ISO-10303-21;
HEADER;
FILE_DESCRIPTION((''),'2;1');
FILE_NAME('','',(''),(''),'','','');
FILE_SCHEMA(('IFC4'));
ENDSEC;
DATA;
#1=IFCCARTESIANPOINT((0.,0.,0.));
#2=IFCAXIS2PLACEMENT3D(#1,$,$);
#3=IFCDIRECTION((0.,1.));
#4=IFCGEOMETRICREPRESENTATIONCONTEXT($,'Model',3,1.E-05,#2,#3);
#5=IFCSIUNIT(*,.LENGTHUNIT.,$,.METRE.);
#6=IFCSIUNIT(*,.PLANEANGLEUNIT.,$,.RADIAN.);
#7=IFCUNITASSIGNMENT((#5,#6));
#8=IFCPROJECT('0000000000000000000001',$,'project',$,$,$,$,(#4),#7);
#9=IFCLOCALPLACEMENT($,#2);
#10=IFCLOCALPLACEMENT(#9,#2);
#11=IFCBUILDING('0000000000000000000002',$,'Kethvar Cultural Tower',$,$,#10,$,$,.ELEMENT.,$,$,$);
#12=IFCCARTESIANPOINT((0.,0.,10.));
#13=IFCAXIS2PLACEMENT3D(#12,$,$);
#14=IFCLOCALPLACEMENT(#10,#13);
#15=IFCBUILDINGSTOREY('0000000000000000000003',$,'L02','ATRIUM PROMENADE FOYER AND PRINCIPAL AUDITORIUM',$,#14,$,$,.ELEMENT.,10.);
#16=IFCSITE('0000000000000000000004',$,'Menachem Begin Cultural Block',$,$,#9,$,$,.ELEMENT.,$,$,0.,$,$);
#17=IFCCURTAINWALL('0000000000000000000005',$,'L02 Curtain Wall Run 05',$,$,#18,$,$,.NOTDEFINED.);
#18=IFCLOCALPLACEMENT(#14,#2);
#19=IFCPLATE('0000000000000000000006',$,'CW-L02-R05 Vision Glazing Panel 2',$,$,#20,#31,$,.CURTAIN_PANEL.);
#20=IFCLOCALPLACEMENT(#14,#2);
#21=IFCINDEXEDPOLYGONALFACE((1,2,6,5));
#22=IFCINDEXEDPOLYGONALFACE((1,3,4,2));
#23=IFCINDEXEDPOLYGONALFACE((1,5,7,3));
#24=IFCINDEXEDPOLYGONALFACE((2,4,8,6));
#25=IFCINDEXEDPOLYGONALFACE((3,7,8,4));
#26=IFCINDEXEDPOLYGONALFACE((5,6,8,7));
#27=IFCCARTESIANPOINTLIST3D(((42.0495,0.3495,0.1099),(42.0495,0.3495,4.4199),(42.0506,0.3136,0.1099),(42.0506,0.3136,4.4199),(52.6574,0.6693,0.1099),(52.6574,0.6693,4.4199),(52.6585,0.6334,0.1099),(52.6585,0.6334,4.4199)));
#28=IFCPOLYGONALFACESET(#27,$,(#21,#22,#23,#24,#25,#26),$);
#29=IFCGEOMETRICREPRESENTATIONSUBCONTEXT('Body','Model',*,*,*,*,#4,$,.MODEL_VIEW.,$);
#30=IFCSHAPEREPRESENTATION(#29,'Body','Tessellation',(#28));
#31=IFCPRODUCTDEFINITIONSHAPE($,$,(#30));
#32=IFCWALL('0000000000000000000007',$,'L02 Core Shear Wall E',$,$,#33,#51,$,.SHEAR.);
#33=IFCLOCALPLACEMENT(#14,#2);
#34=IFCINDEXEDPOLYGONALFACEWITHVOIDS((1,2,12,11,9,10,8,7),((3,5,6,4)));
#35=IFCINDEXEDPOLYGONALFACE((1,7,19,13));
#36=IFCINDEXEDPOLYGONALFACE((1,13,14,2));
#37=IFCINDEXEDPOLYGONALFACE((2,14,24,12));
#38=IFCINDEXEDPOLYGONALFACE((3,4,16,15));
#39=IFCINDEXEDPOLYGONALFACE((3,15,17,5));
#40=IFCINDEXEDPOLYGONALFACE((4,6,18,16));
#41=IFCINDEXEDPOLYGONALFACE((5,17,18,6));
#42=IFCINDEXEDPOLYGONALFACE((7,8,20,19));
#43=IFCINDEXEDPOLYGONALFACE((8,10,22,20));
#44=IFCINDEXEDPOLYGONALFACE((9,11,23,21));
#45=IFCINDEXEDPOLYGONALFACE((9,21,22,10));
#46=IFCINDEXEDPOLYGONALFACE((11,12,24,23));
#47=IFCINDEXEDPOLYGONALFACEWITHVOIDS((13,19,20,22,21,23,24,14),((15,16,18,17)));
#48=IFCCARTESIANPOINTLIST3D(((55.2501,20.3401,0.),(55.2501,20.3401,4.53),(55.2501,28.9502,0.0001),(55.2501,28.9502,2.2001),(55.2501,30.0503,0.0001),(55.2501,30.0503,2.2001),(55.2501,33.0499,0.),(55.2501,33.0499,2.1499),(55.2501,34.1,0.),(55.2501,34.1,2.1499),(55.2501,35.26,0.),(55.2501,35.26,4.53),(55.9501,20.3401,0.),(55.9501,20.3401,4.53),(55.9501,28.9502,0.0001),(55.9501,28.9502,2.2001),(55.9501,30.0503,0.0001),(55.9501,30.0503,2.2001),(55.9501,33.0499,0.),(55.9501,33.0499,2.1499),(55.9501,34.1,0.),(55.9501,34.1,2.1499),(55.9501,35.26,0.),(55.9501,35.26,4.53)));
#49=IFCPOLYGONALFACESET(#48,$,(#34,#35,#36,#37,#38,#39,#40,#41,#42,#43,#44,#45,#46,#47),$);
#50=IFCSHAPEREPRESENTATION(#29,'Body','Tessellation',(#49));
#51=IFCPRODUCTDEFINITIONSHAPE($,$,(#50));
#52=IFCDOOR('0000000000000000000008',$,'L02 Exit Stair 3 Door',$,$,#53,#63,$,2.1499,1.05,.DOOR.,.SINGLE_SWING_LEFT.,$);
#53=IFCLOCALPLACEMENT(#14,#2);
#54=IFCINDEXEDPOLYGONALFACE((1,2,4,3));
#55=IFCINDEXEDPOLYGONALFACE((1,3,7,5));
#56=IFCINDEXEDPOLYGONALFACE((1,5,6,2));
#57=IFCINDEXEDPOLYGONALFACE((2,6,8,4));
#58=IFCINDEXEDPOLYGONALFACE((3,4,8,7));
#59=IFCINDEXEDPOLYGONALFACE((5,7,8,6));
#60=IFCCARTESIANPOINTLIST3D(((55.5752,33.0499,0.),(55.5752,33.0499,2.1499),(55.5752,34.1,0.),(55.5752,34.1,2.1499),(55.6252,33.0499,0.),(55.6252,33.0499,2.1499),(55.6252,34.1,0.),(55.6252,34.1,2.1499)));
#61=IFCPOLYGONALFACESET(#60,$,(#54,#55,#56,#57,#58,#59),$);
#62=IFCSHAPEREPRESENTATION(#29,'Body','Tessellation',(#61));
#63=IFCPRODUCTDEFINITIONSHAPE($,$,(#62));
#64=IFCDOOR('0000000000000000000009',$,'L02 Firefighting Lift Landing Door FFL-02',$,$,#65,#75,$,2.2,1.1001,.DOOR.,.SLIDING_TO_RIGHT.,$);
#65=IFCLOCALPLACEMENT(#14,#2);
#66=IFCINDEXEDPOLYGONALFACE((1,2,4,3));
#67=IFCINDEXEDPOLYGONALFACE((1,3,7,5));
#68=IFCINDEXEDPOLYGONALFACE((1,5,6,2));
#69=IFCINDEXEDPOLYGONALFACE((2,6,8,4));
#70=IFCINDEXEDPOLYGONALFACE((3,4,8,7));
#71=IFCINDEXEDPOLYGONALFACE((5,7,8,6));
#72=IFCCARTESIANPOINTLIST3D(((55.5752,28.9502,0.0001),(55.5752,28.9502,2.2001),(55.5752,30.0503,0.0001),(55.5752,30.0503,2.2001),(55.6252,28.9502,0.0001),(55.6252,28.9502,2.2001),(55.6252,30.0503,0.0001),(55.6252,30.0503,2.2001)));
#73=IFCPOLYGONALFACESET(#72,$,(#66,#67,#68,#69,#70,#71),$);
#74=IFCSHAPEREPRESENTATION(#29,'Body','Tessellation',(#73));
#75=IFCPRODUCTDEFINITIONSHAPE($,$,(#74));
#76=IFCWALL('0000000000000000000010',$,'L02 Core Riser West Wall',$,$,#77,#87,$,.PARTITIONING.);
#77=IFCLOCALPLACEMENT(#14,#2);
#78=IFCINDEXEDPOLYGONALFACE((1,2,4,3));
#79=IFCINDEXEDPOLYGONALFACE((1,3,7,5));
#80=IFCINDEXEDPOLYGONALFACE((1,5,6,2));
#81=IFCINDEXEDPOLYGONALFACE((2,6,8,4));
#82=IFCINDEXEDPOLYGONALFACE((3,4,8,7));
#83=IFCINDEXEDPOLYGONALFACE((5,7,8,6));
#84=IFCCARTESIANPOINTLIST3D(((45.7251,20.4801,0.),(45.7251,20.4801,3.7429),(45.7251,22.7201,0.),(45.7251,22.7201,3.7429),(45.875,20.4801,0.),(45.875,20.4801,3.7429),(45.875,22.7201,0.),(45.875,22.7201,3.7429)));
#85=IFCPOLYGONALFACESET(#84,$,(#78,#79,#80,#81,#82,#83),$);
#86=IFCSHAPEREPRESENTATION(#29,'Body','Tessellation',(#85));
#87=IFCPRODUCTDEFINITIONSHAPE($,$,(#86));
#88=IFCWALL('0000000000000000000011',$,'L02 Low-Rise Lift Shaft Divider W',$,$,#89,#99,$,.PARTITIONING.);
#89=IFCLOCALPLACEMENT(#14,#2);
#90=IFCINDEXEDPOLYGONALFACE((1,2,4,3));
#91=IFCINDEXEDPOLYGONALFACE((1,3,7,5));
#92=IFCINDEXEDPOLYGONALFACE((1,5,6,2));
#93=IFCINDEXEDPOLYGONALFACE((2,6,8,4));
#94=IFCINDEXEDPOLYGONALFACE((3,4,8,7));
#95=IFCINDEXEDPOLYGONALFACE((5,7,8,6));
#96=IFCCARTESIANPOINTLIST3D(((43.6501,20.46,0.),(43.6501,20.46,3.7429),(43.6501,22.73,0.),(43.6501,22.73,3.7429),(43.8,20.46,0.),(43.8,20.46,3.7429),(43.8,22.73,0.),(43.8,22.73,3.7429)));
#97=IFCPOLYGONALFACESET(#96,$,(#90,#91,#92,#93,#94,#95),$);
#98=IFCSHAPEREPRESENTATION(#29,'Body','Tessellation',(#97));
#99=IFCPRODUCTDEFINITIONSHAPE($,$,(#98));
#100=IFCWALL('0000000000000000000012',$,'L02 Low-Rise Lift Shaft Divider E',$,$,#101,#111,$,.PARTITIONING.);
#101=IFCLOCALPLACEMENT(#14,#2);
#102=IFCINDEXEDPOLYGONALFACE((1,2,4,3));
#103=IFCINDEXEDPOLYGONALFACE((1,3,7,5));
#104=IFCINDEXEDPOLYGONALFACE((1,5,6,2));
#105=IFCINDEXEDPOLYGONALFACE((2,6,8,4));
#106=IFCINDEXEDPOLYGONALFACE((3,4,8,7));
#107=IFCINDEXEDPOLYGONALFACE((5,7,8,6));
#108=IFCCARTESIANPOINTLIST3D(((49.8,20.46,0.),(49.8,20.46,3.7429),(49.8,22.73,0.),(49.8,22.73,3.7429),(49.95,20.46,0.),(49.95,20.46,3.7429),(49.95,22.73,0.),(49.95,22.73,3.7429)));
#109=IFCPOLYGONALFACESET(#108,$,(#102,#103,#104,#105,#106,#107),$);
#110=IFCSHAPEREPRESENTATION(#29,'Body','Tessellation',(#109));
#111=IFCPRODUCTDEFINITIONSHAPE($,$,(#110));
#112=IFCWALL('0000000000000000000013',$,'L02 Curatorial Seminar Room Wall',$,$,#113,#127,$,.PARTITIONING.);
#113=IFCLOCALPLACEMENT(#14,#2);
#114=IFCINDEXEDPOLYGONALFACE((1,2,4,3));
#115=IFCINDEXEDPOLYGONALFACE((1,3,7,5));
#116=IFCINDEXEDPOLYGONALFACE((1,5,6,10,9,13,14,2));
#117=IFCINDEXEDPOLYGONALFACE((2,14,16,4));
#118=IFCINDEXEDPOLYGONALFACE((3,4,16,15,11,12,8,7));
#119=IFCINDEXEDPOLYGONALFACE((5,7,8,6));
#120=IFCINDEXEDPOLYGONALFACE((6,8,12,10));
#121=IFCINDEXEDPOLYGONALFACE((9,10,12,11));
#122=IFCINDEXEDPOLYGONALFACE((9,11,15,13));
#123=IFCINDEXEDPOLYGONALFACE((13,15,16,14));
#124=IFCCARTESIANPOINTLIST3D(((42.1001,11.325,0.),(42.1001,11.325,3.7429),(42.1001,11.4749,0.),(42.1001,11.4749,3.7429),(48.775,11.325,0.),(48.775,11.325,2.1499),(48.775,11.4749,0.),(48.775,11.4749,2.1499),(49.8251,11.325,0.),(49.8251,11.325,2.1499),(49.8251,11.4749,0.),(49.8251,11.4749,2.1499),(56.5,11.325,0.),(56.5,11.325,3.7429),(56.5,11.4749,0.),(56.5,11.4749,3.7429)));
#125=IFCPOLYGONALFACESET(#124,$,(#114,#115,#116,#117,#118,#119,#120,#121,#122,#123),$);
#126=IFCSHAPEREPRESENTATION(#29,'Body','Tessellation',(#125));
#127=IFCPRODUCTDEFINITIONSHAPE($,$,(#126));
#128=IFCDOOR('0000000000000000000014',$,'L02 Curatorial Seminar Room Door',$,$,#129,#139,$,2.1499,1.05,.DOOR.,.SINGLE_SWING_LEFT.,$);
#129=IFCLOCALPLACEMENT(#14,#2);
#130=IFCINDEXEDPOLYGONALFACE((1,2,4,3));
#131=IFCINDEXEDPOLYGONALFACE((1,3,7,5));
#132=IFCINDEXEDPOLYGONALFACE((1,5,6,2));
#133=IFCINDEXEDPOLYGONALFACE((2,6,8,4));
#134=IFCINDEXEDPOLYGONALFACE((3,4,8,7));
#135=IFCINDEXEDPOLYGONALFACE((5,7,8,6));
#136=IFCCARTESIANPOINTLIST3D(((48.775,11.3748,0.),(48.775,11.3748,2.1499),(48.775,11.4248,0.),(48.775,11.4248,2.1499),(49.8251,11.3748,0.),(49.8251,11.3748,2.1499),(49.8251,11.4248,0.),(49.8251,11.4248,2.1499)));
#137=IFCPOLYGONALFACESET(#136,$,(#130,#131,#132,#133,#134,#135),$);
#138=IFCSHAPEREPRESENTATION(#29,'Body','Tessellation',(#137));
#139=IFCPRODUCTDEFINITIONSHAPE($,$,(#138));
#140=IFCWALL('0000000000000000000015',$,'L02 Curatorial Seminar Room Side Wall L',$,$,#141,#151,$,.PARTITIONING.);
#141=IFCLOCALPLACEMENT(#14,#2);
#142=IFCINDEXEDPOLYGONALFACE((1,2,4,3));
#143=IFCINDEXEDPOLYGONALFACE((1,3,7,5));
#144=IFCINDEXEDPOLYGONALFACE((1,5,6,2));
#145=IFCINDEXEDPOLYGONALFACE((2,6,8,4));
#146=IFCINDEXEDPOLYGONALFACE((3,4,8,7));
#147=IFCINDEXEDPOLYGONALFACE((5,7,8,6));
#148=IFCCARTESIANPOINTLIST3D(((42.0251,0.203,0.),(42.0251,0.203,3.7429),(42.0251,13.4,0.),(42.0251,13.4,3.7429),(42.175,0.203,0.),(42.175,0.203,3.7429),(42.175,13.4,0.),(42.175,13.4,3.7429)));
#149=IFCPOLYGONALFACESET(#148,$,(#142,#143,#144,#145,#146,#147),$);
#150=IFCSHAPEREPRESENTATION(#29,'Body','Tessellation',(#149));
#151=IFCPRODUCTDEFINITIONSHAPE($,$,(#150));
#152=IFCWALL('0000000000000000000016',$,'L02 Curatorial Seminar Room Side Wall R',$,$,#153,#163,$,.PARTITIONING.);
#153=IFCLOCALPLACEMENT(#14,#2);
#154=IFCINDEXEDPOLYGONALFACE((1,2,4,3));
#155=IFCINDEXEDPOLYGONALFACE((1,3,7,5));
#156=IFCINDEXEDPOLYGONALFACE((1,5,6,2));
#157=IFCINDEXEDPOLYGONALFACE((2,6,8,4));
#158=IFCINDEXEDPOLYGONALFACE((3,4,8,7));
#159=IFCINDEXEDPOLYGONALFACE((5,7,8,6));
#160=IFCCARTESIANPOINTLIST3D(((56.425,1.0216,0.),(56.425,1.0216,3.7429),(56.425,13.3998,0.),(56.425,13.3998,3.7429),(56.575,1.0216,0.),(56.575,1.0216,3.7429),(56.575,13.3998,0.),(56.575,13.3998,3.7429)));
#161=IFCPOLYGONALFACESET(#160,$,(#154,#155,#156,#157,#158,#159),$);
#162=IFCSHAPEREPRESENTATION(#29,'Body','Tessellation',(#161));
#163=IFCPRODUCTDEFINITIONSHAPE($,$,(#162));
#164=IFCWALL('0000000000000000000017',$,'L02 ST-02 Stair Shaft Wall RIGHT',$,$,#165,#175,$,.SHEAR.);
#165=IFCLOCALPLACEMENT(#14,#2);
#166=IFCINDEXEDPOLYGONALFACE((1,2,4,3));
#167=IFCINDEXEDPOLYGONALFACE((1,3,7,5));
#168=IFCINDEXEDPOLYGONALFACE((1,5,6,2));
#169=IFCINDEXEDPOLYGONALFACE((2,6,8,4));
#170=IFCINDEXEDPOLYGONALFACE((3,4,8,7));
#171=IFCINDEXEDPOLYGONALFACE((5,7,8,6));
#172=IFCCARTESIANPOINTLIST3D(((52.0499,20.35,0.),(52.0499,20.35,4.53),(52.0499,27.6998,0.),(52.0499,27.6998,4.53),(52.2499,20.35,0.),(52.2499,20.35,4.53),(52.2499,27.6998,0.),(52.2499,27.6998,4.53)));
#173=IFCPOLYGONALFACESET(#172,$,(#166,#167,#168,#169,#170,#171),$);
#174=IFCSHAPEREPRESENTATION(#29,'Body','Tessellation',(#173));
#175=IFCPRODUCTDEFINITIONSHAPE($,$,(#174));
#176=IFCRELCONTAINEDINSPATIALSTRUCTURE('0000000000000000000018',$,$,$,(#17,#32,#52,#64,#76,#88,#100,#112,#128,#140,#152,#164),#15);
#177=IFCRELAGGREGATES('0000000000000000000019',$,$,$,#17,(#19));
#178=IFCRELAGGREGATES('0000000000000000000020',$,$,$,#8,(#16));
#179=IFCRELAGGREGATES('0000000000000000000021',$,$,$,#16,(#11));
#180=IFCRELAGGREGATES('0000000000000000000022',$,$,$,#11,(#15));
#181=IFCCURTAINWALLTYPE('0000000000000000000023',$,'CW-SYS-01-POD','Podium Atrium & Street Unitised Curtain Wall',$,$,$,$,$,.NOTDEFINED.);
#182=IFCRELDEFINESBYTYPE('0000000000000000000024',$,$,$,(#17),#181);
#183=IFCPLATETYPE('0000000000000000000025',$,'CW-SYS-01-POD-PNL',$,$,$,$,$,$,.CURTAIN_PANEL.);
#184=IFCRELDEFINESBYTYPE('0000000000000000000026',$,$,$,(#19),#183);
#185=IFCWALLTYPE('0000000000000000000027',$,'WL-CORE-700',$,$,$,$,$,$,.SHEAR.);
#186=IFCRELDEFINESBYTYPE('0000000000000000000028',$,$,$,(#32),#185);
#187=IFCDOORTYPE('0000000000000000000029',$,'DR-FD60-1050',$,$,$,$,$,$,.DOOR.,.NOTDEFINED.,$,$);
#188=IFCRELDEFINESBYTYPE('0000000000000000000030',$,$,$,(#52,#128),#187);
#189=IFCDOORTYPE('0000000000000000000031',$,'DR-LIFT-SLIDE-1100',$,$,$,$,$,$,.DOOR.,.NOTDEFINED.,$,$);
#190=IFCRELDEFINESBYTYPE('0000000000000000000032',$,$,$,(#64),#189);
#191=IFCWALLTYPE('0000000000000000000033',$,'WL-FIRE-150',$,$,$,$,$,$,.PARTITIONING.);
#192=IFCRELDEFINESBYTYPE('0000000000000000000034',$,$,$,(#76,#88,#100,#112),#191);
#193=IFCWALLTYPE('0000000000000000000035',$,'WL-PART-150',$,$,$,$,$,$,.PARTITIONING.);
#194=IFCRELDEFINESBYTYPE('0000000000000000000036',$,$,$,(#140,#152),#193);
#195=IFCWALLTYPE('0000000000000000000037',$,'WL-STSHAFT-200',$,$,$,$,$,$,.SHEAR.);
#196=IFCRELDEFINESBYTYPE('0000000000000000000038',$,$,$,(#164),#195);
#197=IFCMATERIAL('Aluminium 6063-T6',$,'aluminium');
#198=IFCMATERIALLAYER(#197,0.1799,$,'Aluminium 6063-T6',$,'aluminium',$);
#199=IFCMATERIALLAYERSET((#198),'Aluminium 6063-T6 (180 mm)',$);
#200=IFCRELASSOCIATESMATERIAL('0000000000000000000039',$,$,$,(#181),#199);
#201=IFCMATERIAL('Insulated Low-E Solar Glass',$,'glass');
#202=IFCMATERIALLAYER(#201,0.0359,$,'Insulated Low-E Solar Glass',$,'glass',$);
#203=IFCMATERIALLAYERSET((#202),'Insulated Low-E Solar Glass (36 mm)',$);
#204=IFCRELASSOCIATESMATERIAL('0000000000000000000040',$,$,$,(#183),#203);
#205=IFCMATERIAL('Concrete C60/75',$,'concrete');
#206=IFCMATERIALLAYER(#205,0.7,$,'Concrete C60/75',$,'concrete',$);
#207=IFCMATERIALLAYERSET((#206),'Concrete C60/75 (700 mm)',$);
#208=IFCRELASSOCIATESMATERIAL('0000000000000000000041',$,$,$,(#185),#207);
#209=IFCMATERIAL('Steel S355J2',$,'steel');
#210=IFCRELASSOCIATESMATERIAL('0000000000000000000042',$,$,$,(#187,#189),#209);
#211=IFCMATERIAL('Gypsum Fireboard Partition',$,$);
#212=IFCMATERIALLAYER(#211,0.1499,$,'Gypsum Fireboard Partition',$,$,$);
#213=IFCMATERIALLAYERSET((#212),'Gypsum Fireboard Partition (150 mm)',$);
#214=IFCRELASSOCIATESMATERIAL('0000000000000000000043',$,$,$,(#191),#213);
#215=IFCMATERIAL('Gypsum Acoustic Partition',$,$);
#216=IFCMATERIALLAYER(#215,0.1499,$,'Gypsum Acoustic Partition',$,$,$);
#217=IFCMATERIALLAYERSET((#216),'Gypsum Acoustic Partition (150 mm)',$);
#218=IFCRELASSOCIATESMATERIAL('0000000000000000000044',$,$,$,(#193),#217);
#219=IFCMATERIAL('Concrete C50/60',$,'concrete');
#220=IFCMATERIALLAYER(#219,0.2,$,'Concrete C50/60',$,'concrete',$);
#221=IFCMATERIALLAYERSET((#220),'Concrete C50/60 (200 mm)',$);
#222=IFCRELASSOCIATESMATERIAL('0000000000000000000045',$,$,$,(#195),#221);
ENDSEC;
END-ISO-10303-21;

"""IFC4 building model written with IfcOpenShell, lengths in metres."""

from ifc_helpers import new_model, si_unit, direction, frame, frame_2d, origin, origin_2d, place, context, subcontext, project, spatial, rectangle, extrude, source, transform, mapped, material, layer, layer_set, type_object, element, fill, aggregate, save


model = new_model("IFC4")

# Units and contexts
model_context = context("Model", 3, precision=1e-05, world=origin(), true_north=direction((0.0, 1.0)))
body_context = subcontext(model_context, "Body", "Model", "MODEL_VIEW")
ifc_project = project(units=[si_unit("LENGTHUNIT", "METRE"), si_unit("PLANEANGLEUNIT", "RADIAN")], contexts=[model_context])

# Site, building, storey
site_placement = place(None, origin())
site = spatial("IfcSite", under=ifc_project, at=site_placement, Name="Menachem Begin Cultural Block", CompositionType="ELEMENT", RefElevation=0.0)
building_placement = place(site_placement, origin())
building = spatial("IfcBuilding", under=site, at=building_placement, Name="Kethvar Cultural Tower", CompositionType="ELEMENT")
storey_placement = place(building_placement, frame((0.0, 0.0, 10.0)))
storey = spatial("IfcBuildingStorey", under=building, at=storey_placement, Name="L02", Description="ATRIUM PROMENADE FOYER AND PRINCIPAL AUDITORIUM", CompositionType="ELEMENT", Elevation=10.0)

# Shared definitions
ifc_material_1 = material(Name="Steel S355J2", Category="steel")

# Curtain wall, plate
ifc_material_2 = material(Name="Aluminium 6063-T6", Category="aluminium")
ifc_layer_1 = layer(ifc_material_2, 0.1799, Name="Aluminium 6063-T6", Category="aluminium")
ifc_layer_set_1 = layer_set([ifc_layer_1], Name="Aluminium 6063-T6 (180 mm)")
curtain_wall_type = type_object("IfcCurtainWallType", Name="CW-SYS-01-POD", Description="Podium Atrium & Street Unitised Curtain Wall", PredefinedType="NOTDEFINED", material=ifc_layer_set_1)
curtain_wall_placement = place(storey_placement, origin())
curtain_wall = element("IfcCurtainWall", 1, at=curtain_wall_placement, inside=storey, type_object=curtain_wall_type, Name="L02 Curtain Wall Run 05", PredefinedType="NOTDEFINED")
ifc_material_3 = material(Name="Insulated Low-E Solar Glass", Category="glass")
ifc_layer_2 = layer(ifc_material_3, 0.0359, Name="Insulated Low-E Solar Glass", Category="glass")
ifc_layer_set_2 = layer_set([ifc_layer_2], Name="Insulated Low-E Solar Glass (36 mm)")
plate_type = type_object("IfcPlateType", Name="CW-SYS-01-POD-PNL", PredefinedType="CURTAIN_PANEL", material=ifc_layer_set_2)
shared_shape_1 = source(origin(), body_context, "Body", "SweptSolid", [
    extrude(rectangle(XDim=10.6128, YDim=0.0359, at=origin_2d()), origin(), (0.0, 0.0, 1.0), 4.3101),
])
plate_1_placement = place(storey_placement, frame((47.354, 0.4915, 0.1099), z_axis=(0.0, 0.0, 1.0), x_axis=(0.999546, 0.030137, 0.0)))
plate_1 = element("IfcPlate", 2, at=plate_1_placement, type_object=plate_type, Name="CW-L02-R05 Vision Glazing Panel 2", PredefinedType="CURTAIN_PANEL", context=body_context, shape_type="MappedRepresentation", body=[
    mapped(shared_shape_1, transform((0.0, 0.0, 0.0), scale=1.0)),
])
aggregate(curtain_wall, [plate_1])

# Wall, openings, doors
ifc_material_4 = material(Name="Concrete C60/75", Category="concrete")
ifc_layer_3 = layer(ifc_material_4, 0.7, Name="Concrete C60/75", Category="concrete")
ifc_layer_set_3 = layer_set([ifc_layer_3], Name="Concrete C60/75 (700 mm)")
wall_type_1 = type_object("IfcWallType", Name="WL-CORE-700", PredefinedType="SHEAR", material=ifc_layer_set_3)
wall_1_placement = place(storey_placement, frame((55.6001, 20.3401, 0.0), z_axis=(0.0, 0.0, 1.0), x_axis=(0.0, 1.0, 0.0)))
wall_1 = element("IfcWall", 3, at=wall_1_placement, inside=storey, type_object=wall_type_1, Name="L02 Core Shear Wall E", PredefinedType="SHEAR", context=body_context, shape_type="SweptSolid", body=[
    extrude(rectangle(XDim=14.9199, YDim=0.7, at=frame_2d((7.46, 0.0))), origin(), (0.0, 0.0, 1.0), 4.53),
])
opening_1_placement = place(wall_1_placement, frame((12.71, 0.0, 0.0)))
opening_1 = element("IfcOpeningElement", 4, at=opening_1_placement, cuts=wall_1, PredefinedType="OPENING", context=body_context, shape_type="SweptSolid", body=[
    extrude(rectangle(XDim=1.05, YDim=2.1499, at=frame_2d((0.5249, 1.075))), frame((0.0, 0.3599, 0.0), z_axis=(0.0, -1.0, 0.0), x_axis=(1.0, 0.0, 0.0)), (0.0, 0.0, 1.0), 0.72),
])
opening_2_placement = place(wall_1_placement, frame((8.6101, 0.0, 0.0)))
opening_2 = element("IfcOpeningElement", 5, at=opening_2_placement, cuts=wall_1, PredefinedType="OPENING", context=body_context, shape_type="SweptSolid", body=[
    extrude(rectangle(XDim=1.1001, YDim=2.2, at=frame_2d((0.55, 1.1001))), frame((0.0, 0.3599, 0.0), z_axis=(0.0, -1.0, 0.0), x_axis=(1.0, 0.0, 0.0)), (0.0, 0.0, 1.0), 0.72),
])
door_type_1 = type_object("IfcDoorType", Name="DR-FD60-1050", OperationType="NOTDEFINED", PredefinedType="DOOR", material=ifc_material_1)
shared_shape_2 = source(origin(), body_context, "Body", "SweptSolid", [
    extrude(rectangle(XDim=1.05, YDim=2.1499, at=frame_2d((0.5249, 1.075))), frame((0.0, 0.0249, 0.0), z_axis=(0.0, -1.0, 0.0), x_axis=(1.0, 0.0, 0.0)), (0.0, 0.0, 1.0), 0.05),
])
door_1_placement = place(opening_1_placement, origin())
door_1 = element("IfcDoor", 6, at=door_1_placement, inside=storey, type_object=door_type_1, Name="L02 Exit Stair 3 Door", OperationType="SINGLE_SWING_LEFT", OverallHeight=2.1499, OverallWidth=1.05, PredefinedType="DOOR", context=body_context, shape_type="MappedRepresentation", body=[
    mapped(shared_shape_2, transform((0.0, 0.0, 0.0), scale=1.0)),
])
fill(opening_1, door_1)
door_type_2 = type_object("IfcDoorType", Name="DR-LIFT-SLIDE-1100", OperationType="NOTDEFINED", PredefinedType="DOOR", material=ifc_material_1)
shared_shape_3 = source(origin(), body_context, "Body", "SweptSolid", [
    extrude(rectangle(XDim=1.1001, YDim=2.2, at=frame_2d((0.55, 1.1001))), frame((0.0, 0.0249, 0.0), z_axis=(0.0, -1.0, 0.0), x_axis=(1.0, 0.0, 0.0)), (0.0, 0.0, 1.0), 0.05),
])
door_2_placement = place(opening_2_placement, origin())
door_2 = element("IfcDoor", 7, at=door_2_placement, inside=storey, type_object=door_type_2, Name="L02 Firefighting Lift Landing Door FFL-02", OperationType="SLIDING_TO_RIGHT", OverallHeight=2.2, OverallWidth=1.1001, PredefinedType="DOOR", context=body_context, shape_type="MappedRepresentation", body=[
    mapped(shared_shape_3, transform((0.0, 0.0, 0.0), scale=1.0)),
])
fill(opening_2, door_2)

# Walls
ifc_material_5 = material(Name="Gypsum Fireboard Partition")
ifc_layer_4 = layer(ifc_material_5, 0.1499, Name="Gypsum Fireboard Partition")
ifc_layer_set_4 = layer_set([ifc_layer_4], Name="Gypsum Fireboard Partition (150 mm)")
wall_type_2 = type_object("IfcWallType", Name="WL-FIRE-150", PredefinedType="PARTITIONING", material=ifc_layer_set_4)
wall_2_placement = place(storey_placement, frame((45.8, 20.48, 0.0), z_axis=(0.0, 0.0, 1.0), x_axis=(0.0, 1.0, 0.0)))
element("IfcWall", 8, at=wall_2_placement, inside=storey, type_object=wall_type_2, Name="L02 Core Riser West Wall", PredefinedType="PARTITIONING", context=body_context, shape_type="SweptSolid", body=[
    extrude(rectangle(XDim=2.24, YDim=0.1499, at=frame_2d((1.1201, 0.0))), origin(), (0.0, 0.0, 1.0), 3.7429),
])
for number, where, z_axis, x_axis, name in (
    (9, (43.7251, 20.46, 0.0), (0.0, 0.0, 1.0), (0.0, 1.0, 0.0), "L02 Low-Rise Lift Shaft Divider W"),
    (10, (49.875, 20.46, 0.0), (0.0, 0.0, 1.0), (0.0, 1.0, 0.0), "L02 Low-Rise Lift Shaft Divider E"),
):
    element("IfcWall", number, at=place(storey_placement, frame(where, z_axis=z_axis, x_axis=x_axis)), inside=storey, type_object=wall_type_2, Name=name, PredefinedType="PARTITIONING", context=body_context, shape_type="SweptSolid", body=[
        extrude(rectangle(XDim=2.27, YDim=0.1499, at=frame_2d((1.135, 0.0))), origin(), (0.0, 0.0, 1.0), 3.7429),
    ])

# Wall, opening, door
wall_3_placement = place(storey_placement, frame((42.1001, 11.3999, 0.0), z_axis=(0.0, 0.0, 1.0), x_axis=(1.0, 0.0, 0.0)))
wall_3 = element("IfcWall", 11, at=wall_3_placement, inside=storey, type_object=wall_type_2, Name="L02 Curatorial Seminar Room Wall", PredefinedType="PARTITIONING", context=body_context, shape_type="SweptSolid", body=[
    extrude(rectangle(XDim=14.3999, YDim=0.1499, at=frame_2d((7.2, 0.0))), origin(), (0.0, 0.0, 1.0), 3.7429),
])
opening_3_placement = place(wall_3_placement, frame((6.675, 0.0, 0.0)))
opening_3 = element("IfcOpeningElement", 12, at=opening_3_placement, cuts=wall_3, PredefinedType="OPENING", context=body_context, shape_type="SweptSolid", body=[
    extrude(rectangle(XDim=1.05, YDim=2.1499, at=frame_2d((0.5249, 1.075))), frame((0.0, 0.085, 0.0), z_axis=(0.0, -1.0, 0.0), x_axis=(1.0, 0.0, 0.0)), (0.0, 0.0, 1.0), 0.1699),
])
door_3_placement = place(opening_3_placement, origin())
door_3 = element("IfcDoor", 13, at=door_3_placement, inside=storey, type_object=door_type_1, Name="L02 Curatorial Seminar Room Door", OperationType="SINGLE_SWING_LEFT", OverallHeight=2.1499, OverallWidth=1.05, PredefinedType="DOOR", context=body_context, shape_type="MappedRepresentation", body=[
    mapped(shared_shape_2, transform((0.0, 0.0, 0.0), scale=1.0)),
])
fill(opening_3, door_3)

# Walls
ifc_material_6 = material(Name="Gypsum Acoustic Partition")
ifc_layer_5 = layer(ifc_material_6, 0.1499, Name="Gypsum Acoustic Partition")
ifc_layer_set_5 = layer_set([ifc_layer_5], Name="Gypsum Acoustic Partition (150 mm)")
wall_type_3 = type_object("IfcWallType", Name="WL-PART-150", PredefinedType="PARTITIONING", material=ifc_layer_set_5)
wall_4_placement = place(storey_placement, frame((42.1001, 0.2029, 0.0), z_axis=(0.0, 0.0, 1.0), x_axis=(0.0, 1.0, 0.0)))
element("IfcWall", 14, at=wall_4_placement, inside=storey, type_object=wall_type_3, Name="L02 Curatorial Seminar Room Side Wall L", PredefinedType="PARTITIONING", context=body_context, shape_type="SweptSolid", body=[
    extrude(rectangle(XDim=13.197, YDim=0.1499, at=frame_2d((6.5986, 0.0))), origin(), (0.0, 0.0, 1.0), 3.7429),
])
wall_5_placement = place(storey_placement, frame((56.5, 1.0217, 0.0), z_axis=(0.0, 0.0, 1.0), x_axis=(0.0, 1.0, 0.0)))
element("IfcWall", 15, at=wall_5_placement, inside=storey, type_object=wall_type_3, Name="L02 Curatorial Seminar Room Side Wall R", PredefinedType="PARTITIONING", context=body_context, shape_type="SweptSolid", body=[
    extrude(rectangle(XDim=12.3782, YDim=0.1499, at=frame_2d((6.189, 0.0))), origin(), (0.0, 0.0, 1.0), 3.7429),
])
ifc_material_7 = material(Name="Concrete C50/60", Category="concrete")
ifc_layer_6 = layer(ifc_material_7, 0.2, Name="Concrete C50/60", Category="concrete")
ifc_layer_set_6 = layer_set([ifc_layer_6], Name="Concrete C50/60 (200 mm)")
wall_type_4 = type_object("IfcWallType", Name="WL-STSHAFT-200", PredefinedType="SHEAR", material=ifc_layer_set_6)
wall_6_placement = place(storey_placement, frame((52.1499, 20.3501, 0.0), z_axis=(0.0, 0.0, 1.0), x_axis=(0.0, 1.0, 0.0)))
element("IfcWall", 16, at=wall_6_placement, inside=storey, type_object=wall_type_4, Name="L02 ST-02 Stair Shaft Wall RIGHT", PredefinedType="SHEAR", context=body_context, shape_type="SweptSolid", body=[
    extrude(rectangle(XDim=7.3499, YDim=0.2, at=frame_2d((3.6748, 0.0))), origin(), (0.0, 0.0, 1.0), 4.53),
])

save(model, "model.ifc")
